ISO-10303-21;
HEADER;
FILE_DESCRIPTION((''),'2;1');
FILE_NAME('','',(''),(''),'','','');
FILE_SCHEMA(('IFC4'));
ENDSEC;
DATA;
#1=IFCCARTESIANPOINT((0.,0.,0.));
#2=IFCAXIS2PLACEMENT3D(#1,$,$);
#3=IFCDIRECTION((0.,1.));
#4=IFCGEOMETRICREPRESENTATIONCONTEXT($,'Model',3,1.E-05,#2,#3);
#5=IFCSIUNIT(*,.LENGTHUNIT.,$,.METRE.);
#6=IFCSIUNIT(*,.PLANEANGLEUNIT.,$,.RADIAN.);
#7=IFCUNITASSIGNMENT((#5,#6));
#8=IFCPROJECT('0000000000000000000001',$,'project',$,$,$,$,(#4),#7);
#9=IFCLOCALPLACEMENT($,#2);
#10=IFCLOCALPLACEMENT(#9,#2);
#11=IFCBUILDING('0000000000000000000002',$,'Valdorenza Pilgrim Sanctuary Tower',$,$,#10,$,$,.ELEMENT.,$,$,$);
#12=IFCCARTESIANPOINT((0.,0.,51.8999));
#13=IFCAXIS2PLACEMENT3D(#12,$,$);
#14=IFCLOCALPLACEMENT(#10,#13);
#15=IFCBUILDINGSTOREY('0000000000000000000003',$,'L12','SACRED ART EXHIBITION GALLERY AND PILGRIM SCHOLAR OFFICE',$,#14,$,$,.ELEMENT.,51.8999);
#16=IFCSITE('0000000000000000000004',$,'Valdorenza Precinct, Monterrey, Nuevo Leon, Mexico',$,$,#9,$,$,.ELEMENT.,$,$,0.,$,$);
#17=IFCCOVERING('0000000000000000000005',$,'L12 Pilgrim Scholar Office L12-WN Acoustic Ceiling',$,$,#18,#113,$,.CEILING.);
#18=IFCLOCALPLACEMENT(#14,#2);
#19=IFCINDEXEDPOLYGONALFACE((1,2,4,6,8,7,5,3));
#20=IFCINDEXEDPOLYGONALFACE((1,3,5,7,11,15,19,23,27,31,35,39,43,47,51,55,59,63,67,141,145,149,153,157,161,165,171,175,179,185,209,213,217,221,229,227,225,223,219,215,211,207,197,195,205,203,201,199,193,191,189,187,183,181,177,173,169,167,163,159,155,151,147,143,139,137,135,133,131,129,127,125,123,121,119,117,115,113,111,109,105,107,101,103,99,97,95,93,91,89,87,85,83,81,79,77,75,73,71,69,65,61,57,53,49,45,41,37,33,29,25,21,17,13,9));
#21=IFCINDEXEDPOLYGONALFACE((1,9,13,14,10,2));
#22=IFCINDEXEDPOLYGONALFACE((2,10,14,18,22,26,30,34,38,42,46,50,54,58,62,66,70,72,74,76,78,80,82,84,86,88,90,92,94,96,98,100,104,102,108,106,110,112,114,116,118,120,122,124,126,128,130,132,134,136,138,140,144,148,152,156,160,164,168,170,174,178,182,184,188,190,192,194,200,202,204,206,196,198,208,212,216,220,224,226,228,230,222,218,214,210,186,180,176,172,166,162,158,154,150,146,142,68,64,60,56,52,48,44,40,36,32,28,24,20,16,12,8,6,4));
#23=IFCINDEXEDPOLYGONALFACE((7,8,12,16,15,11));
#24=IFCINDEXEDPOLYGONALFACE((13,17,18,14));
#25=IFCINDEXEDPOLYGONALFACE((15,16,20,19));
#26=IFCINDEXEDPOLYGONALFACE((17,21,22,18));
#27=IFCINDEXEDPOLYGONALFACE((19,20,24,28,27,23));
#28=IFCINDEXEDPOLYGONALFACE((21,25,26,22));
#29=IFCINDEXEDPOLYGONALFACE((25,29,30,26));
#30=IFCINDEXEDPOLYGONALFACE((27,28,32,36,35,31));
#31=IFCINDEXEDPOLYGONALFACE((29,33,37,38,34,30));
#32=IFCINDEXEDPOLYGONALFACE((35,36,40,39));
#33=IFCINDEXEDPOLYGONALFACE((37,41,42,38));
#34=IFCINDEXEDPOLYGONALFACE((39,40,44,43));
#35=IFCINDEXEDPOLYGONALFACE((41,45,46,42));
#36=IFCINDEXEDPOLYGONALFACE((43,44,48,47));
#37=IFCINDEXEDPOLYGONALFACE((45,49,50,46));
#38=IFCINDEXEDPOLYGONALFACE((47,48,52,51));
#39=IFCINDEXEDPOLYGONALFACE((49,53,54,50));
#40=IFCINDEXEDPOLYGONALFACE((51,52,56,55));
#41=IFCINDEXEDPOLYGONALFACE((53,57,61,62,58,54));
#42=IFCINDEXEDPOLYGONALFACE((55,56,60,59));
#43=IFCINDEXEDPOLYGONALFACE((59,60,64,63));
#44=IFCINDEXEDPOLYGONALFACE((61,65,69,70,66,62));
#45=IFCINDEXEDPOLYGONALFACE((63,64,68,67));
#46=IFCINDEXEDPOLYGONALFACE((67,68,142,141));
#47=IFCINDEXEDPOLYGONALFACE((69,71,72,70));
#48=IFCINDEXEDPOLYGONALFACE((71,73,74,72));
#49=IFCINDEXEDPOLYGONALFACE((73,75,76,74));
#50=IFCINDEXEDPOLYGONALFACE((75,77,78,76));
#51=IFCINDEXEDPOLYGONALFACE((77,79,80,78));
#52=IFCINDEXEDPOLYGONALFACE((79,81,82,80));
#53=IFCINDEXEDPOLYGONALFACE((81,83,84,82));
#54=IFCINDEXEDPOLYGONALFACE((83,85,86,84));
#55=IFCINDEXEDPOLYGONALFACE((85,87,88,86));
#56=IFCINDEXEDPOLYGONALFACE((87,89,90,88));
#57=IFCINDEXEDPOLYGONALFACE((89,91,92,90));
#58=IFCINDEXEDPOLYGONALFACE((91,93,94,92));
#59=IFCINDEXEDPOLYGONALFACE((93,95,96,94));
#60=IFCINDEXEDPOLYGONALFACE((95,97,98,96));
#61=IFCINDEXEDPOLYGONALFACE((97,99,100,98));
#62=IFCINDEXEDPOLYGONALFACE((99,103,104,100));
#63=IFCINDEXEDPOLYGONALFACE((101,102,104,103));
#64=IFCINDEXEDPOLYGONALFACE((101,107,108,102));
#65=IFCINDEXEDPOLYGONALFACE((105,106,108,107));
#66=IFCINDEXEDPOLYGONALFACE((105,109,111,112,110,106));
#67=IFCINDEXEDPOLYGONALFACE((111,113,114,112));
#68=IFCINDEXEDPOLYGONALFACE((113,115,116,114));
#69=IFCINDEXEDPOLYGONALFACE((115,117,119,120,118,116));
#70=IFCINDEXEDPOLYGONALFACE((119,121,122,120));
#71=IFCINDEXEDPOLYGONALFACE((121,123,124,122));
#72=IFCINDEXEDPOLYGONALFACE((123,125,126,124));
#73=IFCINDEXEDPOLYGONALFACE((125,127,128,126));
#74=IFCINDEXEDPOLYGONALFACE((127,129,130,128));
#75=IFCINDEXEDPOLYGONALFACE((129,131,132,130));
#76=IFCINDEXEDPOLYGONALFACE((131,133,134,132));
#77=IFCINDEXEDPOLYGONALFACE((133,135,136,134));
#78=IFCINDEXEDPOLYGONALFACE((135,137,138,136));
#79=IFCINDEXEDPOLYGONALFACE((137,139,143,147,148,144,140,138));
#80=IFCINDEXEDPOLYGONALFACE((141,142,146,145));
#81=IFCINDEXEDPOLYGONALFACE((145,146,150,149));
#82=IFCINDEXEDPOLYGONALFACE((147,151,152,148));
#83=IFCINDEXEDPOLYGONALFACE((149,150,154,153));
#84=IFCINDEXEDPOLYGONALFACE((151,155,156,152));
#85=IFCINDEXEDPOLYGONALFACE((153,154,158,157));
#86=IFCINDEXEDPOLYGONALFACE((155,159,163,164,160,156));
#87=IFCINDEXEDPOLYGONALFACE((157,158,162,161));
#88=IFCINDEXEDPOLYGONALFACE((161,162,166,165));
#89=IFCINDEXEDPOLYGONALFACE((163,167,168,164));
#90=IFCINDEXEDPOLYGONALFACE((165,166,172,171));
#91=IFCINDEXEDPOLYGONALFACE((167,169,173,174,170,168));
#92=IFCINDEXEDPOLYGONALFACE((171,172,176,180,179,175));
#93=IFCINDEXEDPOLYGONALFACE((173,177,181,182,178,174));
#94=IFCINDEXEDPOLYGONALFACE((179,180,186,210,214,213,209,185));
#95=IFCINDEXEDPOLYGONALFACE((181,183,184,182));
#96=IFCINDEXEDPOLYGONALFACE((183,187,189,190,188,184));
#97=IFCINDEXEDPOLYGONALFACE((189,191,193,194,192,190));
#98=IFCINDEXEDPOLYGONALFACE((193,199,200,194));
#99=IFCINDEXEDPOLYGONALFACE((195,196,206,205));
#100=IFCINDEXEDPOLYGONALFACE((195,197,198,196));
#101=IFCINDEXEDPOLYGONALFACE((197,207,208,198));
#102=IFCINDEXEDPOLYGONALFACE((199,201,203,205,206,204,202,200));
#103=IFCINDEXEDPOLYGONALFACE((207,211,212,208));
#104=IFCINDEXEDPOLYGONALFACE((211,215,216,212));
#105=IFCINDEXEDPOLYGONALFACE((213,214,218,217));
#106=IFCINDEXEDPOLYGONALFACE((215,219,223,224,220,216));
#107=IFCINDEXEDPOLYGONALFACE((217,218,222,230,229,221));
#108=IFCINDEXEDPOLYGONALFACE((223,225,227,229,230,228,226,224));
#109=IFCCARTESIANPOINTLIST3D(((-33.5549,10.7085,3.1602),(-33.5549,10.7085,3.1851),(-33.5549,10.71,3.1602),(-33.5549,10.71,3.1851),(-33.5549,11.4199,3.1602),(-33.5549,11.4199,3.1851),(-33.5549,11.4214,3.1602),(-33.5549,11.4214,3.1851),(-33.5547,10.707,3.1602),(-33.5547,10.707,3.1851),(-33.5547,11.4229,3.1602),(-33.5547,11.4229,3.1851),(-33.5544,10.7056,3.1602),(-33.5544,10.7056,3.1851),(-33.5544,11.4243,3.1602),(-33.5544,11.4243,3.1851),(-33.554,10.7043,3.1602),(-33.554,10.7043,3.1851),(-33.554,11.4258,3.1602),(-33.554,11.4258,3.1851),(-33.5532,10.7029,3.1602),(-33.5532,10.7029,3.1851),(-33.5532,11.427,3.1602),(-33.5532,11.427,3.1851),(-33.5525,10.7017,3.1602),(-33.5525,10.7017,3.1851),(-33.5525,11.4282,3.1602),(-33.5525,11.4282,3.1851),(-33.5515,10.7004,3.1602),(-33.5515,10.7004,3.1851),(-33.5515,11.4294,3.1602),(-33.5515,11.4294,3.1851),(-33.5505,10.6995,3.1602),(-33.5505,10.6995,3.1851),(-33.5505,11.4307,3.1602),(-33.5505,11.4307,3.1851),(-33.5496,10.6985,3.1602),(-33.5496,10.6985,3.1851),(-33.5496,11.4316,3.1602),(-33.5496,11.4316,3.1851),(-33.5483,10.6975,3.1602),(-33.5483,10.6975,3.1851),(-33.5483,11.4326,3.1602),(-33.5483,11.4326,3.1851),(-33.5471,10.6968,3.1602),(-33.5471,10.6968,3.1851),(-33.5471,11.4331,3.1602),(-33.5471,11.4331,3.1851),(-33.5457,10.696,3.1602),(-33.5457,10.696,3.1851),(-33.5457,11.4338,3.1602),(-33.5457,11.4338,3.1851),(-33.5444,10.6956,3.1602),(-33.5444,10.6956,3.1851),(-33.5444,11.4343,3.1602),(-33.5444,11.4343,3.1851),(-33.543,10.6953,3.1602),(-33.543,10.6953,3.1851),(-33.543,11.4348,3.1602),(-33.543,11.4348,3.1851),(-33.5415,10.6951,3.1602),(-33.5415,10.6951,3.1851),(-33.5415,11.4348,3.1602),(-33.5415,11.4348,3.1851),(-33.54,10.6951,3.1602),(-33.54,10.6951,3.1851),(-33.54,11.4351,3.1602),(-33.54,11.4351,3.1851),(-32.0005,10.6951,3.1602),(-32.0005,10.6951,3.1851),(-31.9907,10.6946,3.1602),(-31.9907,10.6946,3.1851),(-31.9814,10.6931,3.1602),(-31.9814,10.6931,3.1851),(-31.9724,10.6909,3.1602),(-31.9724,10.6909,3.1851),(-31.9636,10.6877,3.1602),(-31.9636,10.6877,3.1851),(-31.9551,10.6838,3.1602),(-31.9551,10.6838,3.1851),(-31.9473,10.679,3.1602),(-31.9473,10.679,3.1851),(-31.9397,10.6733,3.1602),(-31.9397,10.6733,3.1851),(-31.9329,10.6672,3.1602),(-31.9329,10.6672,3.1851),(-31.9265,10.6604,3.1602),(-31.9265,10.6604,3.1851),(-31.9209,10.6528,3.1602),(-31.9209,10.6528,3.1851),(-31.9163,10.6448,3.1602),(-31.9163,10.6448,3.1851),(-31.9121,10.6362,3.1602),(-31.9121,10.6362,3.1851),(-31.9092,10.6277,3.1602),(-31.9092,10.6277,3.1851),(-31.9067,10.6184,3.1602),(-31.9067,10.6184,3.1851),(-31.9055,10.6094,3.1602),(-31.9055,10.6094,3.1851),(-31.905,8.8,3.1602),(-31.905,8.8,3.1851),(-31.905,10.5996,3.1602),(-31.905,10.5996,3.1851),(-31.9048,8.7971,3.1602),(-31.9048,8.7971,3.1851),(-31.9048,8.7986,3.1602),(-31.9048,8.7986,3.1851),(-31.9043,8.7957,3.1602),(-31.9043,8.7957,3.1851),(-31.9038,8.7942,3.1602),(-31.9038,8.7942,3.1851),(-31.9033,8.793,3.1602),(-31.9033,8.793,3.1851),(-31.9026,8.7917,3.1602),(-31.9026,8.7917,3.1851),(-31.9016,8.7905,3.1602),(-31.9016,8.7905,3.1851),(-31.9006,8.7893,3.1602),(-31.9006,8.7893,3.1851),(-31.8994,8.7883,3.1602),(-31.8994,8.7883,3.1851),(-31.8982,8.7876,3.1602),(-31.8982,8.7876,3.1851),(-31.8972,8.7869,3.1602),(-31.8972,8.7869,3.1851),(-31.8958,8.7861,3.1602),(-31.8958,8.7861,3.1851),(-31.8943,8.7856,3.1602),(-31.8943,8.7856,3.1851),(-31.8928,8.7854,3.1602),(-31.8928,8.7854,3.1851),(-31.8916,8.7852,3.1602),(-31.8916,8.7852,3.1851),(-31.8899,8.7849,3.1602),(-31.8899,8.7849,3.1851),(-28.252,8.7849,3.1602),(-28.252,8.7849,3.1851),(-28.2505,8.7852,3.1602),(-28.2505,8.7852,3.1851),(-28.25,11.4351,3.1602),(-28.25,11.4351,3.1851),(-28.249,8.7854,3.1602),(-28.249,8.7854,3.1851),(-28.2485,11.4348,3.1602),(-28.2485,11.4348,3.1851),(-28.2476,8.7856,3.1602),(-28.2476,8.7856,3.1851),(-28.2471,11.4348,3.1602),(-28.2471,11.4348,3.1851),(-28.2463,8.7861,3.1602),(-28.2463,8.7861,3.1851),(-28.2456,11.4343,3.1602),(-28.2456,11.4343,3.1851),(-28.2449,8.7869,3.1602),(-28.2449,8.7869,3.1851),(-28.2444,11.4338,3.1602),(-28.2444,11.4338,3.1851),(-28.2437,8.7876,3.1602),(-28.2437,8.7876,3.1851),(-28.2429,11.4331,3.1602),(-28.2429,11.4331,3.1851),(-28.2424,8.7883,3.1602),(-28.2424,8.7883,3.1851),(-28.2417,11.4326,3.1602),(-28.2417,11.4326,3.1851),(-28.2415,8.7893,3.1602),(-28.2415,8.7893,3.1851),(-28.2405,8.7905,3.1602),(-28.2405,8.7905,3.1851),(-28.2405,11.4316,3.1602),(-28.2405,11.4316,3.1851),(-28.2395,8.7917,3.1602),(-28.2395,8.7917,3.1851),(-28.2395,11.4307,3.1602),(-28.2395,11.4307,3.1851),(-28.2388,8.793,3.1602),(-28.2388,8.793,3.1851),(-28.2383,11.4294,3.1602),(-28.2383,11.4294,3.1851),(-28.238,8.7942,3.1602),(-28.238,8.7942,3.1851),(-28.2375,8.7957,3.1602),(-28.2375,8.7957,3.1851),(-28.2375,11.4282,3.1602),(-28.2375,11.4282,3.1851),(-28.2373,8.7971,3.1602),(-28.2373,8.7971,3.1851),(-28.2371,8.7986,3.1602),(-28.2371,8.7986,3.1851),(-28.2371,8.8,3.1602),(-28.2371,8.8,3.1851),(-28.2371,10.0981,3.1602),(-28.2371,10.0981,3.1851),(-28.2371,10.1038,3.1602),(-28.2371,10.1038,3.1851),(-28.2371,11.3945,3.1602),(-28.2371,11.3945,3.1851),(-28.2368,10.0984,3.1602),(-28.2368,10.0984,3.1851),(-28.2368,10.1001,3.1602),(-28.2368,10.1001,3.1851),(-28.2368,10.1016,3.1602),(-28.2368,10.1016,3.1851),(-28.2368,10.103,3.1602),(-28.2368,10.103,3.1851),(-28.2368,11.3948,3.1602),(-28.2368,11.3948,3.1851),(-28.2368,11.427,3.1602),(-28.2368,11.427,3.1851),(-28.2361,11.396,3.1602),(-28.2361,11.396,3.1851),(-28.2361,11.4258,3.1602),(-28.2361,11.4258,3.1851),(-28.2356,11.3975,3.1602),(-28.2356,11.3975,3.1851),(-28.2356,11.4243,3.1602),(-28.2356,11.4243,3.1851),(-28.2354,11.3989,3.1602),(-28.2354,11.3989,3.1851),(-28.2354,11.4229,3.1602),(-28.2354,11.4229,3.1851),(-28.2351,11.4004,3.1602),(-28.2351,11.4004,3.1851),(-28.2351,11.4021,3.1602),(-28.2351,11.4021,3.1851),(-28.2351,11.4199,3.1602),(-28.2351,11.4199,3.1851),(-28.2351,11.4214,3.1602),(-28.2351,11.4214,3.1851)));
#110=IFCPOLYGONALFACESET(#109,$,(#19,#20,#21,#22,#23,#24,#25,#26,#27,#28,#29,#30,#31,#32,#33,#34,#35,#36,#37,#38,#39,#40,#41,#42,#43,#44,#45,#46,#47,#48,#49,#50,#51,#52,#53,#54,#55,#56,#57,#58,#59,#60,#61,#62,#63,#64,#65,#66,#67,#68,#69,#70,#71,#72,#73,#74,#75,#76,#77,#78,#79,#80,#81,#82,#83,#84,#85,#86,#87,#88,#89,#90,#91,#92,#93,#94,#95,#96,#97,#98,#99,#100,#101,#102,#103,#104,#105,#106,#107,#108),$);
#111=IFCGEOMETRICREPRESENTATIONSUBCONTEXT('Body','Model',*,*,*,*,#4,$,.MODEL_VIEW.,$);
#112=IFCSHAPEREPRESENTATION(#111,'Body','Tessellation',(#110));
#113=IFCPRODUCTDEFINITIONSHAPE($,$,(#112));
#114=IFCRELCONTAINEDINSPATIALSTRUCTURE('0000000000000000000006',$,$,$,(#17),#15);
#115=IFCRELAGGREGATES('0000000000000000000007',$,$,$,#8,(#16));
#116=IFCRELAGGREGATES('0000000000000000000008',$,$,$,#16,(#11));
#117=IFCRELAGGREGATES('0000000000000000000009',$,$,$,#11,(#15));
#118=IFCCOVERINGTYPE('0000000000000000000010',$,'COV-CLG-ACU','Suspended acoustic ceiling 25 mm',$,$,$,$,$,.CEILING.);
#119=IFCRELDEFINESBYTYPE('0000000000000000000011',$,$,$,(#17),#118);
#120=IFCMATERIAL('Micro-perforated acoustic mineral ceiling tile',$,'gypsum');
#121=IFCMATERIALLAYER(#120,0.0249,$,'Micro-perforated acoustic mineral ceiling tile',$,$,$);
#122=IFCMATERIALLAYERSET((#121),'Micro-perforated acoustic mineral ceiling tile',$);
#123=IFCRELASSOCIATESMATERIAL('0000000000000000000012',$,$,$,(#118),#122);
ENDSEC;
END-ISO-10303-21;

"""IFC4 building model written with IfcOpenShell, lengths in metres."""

from ifc_helpers import new_model, si_unit, direction, frame, origin, place, context, subcontext, project, spatial, polyline, outline, extrude, material, layer, layer_set, type_object, element, save


model = new_model("IFC4")

# Units and contexts
model_context = context("Model", 3, precision=1e-05, world=origin(), true_north=direction((0.0, 1.0)))
body_context = subcontext(model_context, "Body", "Model", "MODEL_VIEW")
ifc_project = project(units=[si_unit("LENGTHUNIT", "METRE"), si_unit("PLANEANGLEUNIT", "RADIAN")], contexts=[model_context])

# Site, building, storey
site_placement = place(None, origin())
site = spatial("IfcSite", under=ifc_project, at=site_placement, Name="Valdorenza Precinct, Monterrey, Nuevo Leon, Mexico", CompositionType="ELEMENT", RefElevation=0.0)
building_placement = place(site_placement, origin())
building = spatial("IfcBuilding", under=site, at=building_placement, Name="Valdorenza Pilgrim Sanctuary Tower", CompositionType="ELEMENT")
storey_placement = place(building_placement, frame((0.0, 0.0, 51.8999)))
storey = spatial("IfcBuildingStorey", under=building, at=storey_placement, Name="L12", Description="SACRED ART EXHIBITION GALLERY AND PILGRIM SCHOLAR OFFICE", CompositionType="ELEMENT", Elevation=51.8999)

# Covering
ifc_material_1 = material(Name="Micro-perforated acoustic mineral ceiling tile", Category="gypsum")
ifc_layer_1 = layer(ifc_material_1, 0.0249, Name="Micro-perforated acoustic mineral ceiling tile")
ifc_layer_set_1 = layer_set([ifc_layer_1], Name="Micro-perforated acoustic mineral ceiling tile")
covering_type_1 = type_object("IfcCoveringType", Name="COV-CLG-ACU", Description="Suspended acoustic ceiling 25 mm", PredefinedType="CEILING", material=ifc_layer_set_1)
covering_1_placement = place(storey_placement, frame((0.0, 0.0, 3.1602)))
element("IfcCovering", 1, at=covering_1_placement, inside=storey, type_object=covering_type_1, Name="L12 Pilgrim Scholar Office L12-WN Acoustic Ceiling", PredefinedType="CEILING", context=body_context, shape_type="SweptSolid", body=[
    extrude(outline(polyline([(-28.2371, 11.3945), (-28.2371, 10.1038), (-28.2368, 10.103), (-28.2368, 10.1016), (-28.2368, 10.1001), (-28.2368, 10.0984), (-28.2371, 10.0981), (-28.2371, 8.8), (-28.2371, 8.7986), (-28.2373, 8.7971), (-28.2375, 8.7957), (-28.238, 8.7942), (-28.2388, 8.793), (-28.2395, 8.7917), (-28.2405, 8.7905), (-28.2415, 8.7893), (-28.2424, 8.7883), (-28.2437, 8.7876), (-28.2449, 8.7869), (-28.2463, 8.7861), (-28.2476, 8.7856), (-28.249, 8.7854), (-28.2505, 8.7852), (-28.252, 8.7849), (-31.8899, 8.7849), (-31.8916, 8.7852), (-31.8928, 8.7854), (-31.8943, 8.7856), (-31.8958, 8.7861), (-31.8972, 8.7869), (-31.8982, 8.7876), (-31.8994, 8.7883), (-31.9006, 8.7893), (-31.9016, 8.7905), (-31.9026, 8.7917), (-31.9033, 8.793), (-31.9038, 8.7942), (-31.9043, 8.7957), (-31.9048, 8.7971), (-31.9048, 8.7986), (-31.905, 8.8), (-31.905, 10.5996), (-31.9055, 10.6094), (-31.9067, 10.6184), (-31.9092, 10.6277), (-31.9121, 10.6362), (-31.9163, 10.6448), (-31.9209, 10.6528), (-31.9265, 10.6604), (-31.9329, 10.6672), (-31.9397, 10.6733), (-31.9473, 10.679), (-31.9551, 10.6838), (-31.9636, 10.6877), (-31.9724, 10.6909), (-31.9814, 10.6931), (-31.9907, 10.6946), (-32.0005, 10.6951), (-33.54, 10.6951), (-33.5415, 10.6951), (-33.543, 10.6953), (-33.5444, 10.6956), (-33.5457, 10.696), (-33.5471, 10.6968), (-33.5483, 10.6975), (-33.5496, 10.6985), (-33.5505, 10.6995), (-33.5515, 10.7004), (-33.5525, 10.7017), (-33.5532, 10.7029), (-33.554, 10.7043), (-33.5544, 10.7056), (-33.5547, 10.707), (-33.5549, 10.7085), (-33.5549, 10.71), (-33.5549, 11.4199), (-33.5549, 11.4214), (-33.5547, 11.4229), (-33.5544, 11.4243), (-33.554, 11.4258), (-33.5532, 11.427), (-33.5525, 11.4282), (-33.5515, 11.4294), (-33.5505, 11.4307), (-33.5496, 11.4316), (-33.5483, 11.4326), (-33.5471, 11.4331), (-33.5457, 11.4338), (-33.5444, 11.4343), (-33.543, 11.4348), (-33.5415, 11.4348), (-33.54, 11.4351), (-28.25, 11.4351), (-28.2485, 11.4348), (-28.2471, 11.4348), (-28.2456, 11.4343), (-28.2444, 11.4338), (-28.2429, 11.4331), (-28.2417, 11.4326), (-28.2405, 11.4316), (-28.2395, 11.4307), (-28.2383, 11.4294), (-28.2375, 11.4282), (-28.2368, 11.427), (-28.2361, 11.4258), (-28.2356, 11.4243), (-28.2354, 11.4229), (-28.2351, 11.4214), (-28.2351, 11.4199), (-28.2351, 11.4021), (-28.2351, 11.4004), (-28.2354, 11.3989), (-28.2356, 11.3975), (-28.2361, 11.396), (-28.2368, 11.3948), (-28.2371, 11.3945)])), origin(), (0.0, 0.0, 1.0), 0.0249),
])

save(model, "model.ifc")
